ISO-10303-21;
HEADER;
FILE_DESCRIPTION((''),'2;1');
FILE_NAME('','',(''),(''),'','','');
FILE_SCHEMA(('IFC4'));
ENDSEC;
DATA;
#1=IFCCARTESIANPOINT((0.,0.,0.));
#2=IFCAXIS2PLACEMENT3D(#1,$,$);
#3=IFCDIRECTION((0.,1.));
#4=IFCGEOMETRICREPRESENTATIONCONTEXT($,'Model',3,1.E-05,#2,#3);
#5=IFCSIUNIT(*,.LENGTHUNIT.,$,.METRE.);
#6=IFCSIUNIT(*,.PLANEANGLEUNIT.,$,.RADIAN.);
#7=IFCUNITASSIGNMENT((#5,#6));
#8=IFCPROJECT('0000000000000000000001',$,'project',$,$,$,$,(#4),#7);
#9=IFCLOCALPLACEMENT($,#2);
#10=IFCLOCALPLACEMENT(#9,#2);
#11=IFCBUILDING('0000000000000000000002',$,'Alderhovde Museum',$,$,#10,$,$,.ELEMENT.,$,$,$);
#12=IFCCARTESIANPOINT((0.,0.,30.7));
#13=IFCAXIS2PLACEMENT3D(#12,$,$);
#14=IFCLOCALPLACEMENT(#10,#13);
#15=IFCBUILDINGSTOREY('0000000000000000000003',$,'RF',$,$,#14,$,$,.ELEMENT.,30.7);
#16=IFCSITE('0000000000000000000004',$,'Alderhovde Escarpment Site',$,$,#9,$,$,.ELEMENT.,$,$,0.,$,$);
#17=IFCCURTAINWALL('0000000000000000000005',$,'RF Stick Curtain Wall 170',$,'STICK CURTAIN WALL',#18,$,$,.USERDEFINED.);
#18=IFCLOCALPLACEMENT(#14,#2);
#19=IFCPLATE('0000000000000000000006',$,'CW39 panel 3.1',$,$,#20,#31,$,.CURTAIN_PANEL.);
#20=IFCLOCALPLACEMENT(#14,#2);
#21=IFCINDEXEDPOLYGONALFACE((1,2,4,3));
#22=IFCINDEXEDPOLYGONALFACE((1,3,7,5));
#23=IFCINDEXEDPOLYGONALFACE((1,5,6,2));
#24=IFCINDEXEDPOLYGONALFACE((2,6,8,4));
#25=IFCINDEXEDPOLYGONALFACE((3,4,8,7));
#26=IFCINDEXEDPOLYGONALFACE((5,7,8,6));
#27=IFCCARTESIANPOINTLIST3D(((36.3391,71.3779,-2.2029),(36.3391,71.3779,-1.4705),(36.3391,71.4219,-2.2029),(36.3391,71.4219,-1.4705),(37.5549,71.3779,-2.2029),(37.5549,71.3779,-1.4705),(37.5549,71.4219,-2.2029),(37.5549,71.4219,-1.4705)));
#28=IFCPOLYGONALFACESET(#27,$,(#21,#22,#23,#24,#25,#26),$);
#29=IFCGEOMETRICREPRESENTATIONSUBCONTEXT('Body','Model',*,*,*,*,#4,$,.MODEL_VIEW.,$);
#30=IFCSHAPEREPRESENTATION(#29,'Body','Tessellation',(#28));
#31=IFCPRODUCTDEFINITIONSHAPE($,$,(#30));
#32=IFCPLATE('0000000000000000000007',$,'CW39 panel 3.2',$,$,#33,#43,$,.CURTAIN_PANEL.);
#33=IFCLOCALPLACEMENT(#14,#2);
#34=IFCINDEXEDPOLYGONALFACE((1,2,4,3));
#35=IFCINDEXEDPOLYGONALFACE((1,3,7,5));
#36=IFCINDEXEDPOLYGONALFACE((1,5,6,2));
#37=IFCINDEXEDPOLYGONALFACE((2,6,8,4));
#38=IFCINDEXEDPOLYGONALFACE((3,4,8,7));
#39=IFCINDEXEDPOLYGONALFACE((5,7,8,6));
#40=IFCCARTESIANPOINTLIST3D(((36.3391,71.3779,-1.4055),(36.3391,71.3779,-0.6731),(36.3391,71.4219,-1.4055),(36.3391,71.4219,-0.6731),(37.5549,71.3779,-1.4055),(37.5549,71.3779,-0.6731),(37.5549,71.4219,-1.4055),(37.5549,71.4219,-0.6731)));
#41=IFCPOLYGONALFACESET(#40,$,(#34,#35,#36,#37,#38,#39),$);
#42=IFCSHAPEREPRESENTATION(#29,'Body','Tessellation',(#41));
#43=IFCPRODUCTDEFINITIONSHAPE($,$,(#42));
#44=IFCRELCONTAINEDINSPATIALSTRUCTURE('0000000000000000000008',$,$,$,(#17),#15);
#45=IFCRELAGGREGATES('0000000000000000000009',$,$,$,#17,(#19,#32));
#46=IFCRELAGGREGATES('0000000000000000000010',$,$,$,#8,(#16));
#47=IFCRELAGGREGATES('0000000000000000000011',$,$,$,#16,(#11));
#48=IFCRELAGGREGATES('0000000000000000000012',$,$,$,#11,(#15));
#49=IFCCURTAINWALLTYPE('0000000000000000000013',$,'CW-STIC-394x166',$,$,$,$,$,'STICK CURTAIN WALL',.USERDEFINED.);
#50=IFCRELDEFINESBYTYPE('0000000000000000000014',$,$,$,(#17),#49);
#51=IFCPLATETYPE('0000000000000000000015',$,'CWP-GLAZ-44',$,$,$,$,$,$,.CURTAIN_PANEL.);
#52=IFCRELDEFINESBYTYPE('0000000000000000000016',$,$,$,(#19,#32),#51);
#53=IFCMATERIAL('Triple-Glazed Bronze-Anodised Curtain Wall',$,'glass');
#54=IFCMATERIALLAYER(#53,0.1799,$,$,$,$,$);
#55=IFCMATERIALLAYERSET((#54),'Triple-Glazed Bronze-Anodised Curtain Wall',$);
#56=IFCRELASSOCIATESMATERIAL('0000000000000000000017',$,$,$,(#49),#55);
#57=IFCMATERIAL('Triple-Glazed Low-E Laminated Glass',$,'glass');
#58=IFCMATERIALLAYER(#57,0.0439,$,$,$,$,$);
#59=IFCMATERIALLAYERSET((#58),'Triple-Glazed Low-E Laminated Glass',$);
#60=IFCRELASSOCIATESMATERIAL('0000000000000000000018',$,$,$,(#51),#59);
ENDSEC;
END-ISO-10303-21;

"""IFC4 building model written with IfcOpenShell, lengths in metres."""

from ifc_helpers import new_model, si_unit, direction, frame, origin, origin_2d, place, context, subcontext, project, spatial, rectangle, extrude, material, layer, layer_set, type_object, element, aggregate, save


model = new_model("IFC4")

# Units and contexts
model_context = context("Model", 3, precision=1e-05, world=origin(), true_north=direction((0.0, 1.0)))
body_context = subcontext(model_context, "Body", "Model", "MODEL_VIEW")
ifc_project = project(units=[si_unit("LENGTHUNIT", "METRE"), si_unit("PLANEANGLEUNIT", "RADIAN")], contexts=[model_context])

# Site, building, storey
site_placement = place(None, origin())
site = spatial("IfcSite", under=ifc_project, at=site_placement, Name="Alderhovde Escarpment Site", CompositionType="ELEMENT", RefElevation=0.0)
building_placement = place(site_placement, origin())
building = spatial("IfcBuilding", under=site, at=building_placement, Name="Alderhovde Museum", CompositionType="ELEMENT")
storey_placement = place(building_placement, frame((0.0, 0.0, 30.7)))
storey = spatial("IfcBuildingStorey", under=building, at=storey_placement, Name="RF", CompositionType="ELEMENT", Elevation=30.7)

# Curtain wall
ifc_material_1 = material(Name="Triple-Glazed Bronze-Anodised Curtain Wall", Category="glass")
ifc_layer_1 = layer(ifc_material_1, 0.1799)
ifc_layer_set_1 = layer_set([ifc_layer_1], Name="Triple-Glazed Bronze-Anodised Curtain Wall")
curtain_wall_type = type_object("IfcCurtainWallType", Name="CW-STIC-394x166", ElementType="STICK CURTAIN WALL", PredefinedType="USERDEFINED", material=ifc_layer_set_1)
curtain_wall_1_placement = place(storey_placement, origin())
curtain_wall_1 = element("IfcCurtainWall", 1, at=curtain_wall_1_placement, inside=storey, type_object=curtain_wall_type, Name="RF Stick Curtain Wall 170", ObjectType="STICK CURTAIN WALL", PredefinedType="USERDEFINED")

# Plates
ifc_material_2 = material(Name="Triple-Glazed Low-E Laminated Glass", Category="glass")
ifc_layer_2 = layer(ifc_material_2, 0.0439)
ifc_layer_set_2 = layer_set([ifc_layer_2], Name="Triple-Glazed Low-E Laminated Glass")
plate_type_1 = type_object("IfcPlateType", Name="CWP-GLAZ-44", PredefinedType="CURTAIN_PANEL", material=ifc_layer_set_2)
plate_1_placement = place(storey_placement, frame((36.947, 71.3999, -2.2029), z_axis=(0.0, 0.0, 1.0), x_axis=(1.0, 0.0, 0.0)))
plate_1 = element("IfcPlate", 2, at=plate_1_placement, type_object=plate_type_1, Name="CW39 panel 3.1", PredefinedType="CURTAIN_PANEL", context=body_context, shape_type="SweptSolid", body=[
    extrude(rectangle(XDim=1.2158, YDim=0.0439, at=origin_2d()), origin(), (0.0, 0.0, 1.0), 0.7324),
])
plate_2_placement = place(storey_placement, frame((36.947, 71.3999, -1.4055), z_axis=(0.0, 0.0, 1.0), x_axis=(1.0, 0.0, 0.0)))
plate_2 = element("IfcPlate", 3, at=plate_2_placement, type_object=plate_type_1, Name="CW39 panel 3.2", PredefinedType="CURTAIN_PANEL", context=body_context, shape_type="SweptSolid", body=[
    extrude(rectangle(XDim=1.2158, YDim=0.0439, at=origin_2d()), origin(), (0.0, 0.0, 1.0), 0.7324),
])
aggregate(curtain_wall_1, [plate_1, plate_2])

save(model, "model.ifc")
